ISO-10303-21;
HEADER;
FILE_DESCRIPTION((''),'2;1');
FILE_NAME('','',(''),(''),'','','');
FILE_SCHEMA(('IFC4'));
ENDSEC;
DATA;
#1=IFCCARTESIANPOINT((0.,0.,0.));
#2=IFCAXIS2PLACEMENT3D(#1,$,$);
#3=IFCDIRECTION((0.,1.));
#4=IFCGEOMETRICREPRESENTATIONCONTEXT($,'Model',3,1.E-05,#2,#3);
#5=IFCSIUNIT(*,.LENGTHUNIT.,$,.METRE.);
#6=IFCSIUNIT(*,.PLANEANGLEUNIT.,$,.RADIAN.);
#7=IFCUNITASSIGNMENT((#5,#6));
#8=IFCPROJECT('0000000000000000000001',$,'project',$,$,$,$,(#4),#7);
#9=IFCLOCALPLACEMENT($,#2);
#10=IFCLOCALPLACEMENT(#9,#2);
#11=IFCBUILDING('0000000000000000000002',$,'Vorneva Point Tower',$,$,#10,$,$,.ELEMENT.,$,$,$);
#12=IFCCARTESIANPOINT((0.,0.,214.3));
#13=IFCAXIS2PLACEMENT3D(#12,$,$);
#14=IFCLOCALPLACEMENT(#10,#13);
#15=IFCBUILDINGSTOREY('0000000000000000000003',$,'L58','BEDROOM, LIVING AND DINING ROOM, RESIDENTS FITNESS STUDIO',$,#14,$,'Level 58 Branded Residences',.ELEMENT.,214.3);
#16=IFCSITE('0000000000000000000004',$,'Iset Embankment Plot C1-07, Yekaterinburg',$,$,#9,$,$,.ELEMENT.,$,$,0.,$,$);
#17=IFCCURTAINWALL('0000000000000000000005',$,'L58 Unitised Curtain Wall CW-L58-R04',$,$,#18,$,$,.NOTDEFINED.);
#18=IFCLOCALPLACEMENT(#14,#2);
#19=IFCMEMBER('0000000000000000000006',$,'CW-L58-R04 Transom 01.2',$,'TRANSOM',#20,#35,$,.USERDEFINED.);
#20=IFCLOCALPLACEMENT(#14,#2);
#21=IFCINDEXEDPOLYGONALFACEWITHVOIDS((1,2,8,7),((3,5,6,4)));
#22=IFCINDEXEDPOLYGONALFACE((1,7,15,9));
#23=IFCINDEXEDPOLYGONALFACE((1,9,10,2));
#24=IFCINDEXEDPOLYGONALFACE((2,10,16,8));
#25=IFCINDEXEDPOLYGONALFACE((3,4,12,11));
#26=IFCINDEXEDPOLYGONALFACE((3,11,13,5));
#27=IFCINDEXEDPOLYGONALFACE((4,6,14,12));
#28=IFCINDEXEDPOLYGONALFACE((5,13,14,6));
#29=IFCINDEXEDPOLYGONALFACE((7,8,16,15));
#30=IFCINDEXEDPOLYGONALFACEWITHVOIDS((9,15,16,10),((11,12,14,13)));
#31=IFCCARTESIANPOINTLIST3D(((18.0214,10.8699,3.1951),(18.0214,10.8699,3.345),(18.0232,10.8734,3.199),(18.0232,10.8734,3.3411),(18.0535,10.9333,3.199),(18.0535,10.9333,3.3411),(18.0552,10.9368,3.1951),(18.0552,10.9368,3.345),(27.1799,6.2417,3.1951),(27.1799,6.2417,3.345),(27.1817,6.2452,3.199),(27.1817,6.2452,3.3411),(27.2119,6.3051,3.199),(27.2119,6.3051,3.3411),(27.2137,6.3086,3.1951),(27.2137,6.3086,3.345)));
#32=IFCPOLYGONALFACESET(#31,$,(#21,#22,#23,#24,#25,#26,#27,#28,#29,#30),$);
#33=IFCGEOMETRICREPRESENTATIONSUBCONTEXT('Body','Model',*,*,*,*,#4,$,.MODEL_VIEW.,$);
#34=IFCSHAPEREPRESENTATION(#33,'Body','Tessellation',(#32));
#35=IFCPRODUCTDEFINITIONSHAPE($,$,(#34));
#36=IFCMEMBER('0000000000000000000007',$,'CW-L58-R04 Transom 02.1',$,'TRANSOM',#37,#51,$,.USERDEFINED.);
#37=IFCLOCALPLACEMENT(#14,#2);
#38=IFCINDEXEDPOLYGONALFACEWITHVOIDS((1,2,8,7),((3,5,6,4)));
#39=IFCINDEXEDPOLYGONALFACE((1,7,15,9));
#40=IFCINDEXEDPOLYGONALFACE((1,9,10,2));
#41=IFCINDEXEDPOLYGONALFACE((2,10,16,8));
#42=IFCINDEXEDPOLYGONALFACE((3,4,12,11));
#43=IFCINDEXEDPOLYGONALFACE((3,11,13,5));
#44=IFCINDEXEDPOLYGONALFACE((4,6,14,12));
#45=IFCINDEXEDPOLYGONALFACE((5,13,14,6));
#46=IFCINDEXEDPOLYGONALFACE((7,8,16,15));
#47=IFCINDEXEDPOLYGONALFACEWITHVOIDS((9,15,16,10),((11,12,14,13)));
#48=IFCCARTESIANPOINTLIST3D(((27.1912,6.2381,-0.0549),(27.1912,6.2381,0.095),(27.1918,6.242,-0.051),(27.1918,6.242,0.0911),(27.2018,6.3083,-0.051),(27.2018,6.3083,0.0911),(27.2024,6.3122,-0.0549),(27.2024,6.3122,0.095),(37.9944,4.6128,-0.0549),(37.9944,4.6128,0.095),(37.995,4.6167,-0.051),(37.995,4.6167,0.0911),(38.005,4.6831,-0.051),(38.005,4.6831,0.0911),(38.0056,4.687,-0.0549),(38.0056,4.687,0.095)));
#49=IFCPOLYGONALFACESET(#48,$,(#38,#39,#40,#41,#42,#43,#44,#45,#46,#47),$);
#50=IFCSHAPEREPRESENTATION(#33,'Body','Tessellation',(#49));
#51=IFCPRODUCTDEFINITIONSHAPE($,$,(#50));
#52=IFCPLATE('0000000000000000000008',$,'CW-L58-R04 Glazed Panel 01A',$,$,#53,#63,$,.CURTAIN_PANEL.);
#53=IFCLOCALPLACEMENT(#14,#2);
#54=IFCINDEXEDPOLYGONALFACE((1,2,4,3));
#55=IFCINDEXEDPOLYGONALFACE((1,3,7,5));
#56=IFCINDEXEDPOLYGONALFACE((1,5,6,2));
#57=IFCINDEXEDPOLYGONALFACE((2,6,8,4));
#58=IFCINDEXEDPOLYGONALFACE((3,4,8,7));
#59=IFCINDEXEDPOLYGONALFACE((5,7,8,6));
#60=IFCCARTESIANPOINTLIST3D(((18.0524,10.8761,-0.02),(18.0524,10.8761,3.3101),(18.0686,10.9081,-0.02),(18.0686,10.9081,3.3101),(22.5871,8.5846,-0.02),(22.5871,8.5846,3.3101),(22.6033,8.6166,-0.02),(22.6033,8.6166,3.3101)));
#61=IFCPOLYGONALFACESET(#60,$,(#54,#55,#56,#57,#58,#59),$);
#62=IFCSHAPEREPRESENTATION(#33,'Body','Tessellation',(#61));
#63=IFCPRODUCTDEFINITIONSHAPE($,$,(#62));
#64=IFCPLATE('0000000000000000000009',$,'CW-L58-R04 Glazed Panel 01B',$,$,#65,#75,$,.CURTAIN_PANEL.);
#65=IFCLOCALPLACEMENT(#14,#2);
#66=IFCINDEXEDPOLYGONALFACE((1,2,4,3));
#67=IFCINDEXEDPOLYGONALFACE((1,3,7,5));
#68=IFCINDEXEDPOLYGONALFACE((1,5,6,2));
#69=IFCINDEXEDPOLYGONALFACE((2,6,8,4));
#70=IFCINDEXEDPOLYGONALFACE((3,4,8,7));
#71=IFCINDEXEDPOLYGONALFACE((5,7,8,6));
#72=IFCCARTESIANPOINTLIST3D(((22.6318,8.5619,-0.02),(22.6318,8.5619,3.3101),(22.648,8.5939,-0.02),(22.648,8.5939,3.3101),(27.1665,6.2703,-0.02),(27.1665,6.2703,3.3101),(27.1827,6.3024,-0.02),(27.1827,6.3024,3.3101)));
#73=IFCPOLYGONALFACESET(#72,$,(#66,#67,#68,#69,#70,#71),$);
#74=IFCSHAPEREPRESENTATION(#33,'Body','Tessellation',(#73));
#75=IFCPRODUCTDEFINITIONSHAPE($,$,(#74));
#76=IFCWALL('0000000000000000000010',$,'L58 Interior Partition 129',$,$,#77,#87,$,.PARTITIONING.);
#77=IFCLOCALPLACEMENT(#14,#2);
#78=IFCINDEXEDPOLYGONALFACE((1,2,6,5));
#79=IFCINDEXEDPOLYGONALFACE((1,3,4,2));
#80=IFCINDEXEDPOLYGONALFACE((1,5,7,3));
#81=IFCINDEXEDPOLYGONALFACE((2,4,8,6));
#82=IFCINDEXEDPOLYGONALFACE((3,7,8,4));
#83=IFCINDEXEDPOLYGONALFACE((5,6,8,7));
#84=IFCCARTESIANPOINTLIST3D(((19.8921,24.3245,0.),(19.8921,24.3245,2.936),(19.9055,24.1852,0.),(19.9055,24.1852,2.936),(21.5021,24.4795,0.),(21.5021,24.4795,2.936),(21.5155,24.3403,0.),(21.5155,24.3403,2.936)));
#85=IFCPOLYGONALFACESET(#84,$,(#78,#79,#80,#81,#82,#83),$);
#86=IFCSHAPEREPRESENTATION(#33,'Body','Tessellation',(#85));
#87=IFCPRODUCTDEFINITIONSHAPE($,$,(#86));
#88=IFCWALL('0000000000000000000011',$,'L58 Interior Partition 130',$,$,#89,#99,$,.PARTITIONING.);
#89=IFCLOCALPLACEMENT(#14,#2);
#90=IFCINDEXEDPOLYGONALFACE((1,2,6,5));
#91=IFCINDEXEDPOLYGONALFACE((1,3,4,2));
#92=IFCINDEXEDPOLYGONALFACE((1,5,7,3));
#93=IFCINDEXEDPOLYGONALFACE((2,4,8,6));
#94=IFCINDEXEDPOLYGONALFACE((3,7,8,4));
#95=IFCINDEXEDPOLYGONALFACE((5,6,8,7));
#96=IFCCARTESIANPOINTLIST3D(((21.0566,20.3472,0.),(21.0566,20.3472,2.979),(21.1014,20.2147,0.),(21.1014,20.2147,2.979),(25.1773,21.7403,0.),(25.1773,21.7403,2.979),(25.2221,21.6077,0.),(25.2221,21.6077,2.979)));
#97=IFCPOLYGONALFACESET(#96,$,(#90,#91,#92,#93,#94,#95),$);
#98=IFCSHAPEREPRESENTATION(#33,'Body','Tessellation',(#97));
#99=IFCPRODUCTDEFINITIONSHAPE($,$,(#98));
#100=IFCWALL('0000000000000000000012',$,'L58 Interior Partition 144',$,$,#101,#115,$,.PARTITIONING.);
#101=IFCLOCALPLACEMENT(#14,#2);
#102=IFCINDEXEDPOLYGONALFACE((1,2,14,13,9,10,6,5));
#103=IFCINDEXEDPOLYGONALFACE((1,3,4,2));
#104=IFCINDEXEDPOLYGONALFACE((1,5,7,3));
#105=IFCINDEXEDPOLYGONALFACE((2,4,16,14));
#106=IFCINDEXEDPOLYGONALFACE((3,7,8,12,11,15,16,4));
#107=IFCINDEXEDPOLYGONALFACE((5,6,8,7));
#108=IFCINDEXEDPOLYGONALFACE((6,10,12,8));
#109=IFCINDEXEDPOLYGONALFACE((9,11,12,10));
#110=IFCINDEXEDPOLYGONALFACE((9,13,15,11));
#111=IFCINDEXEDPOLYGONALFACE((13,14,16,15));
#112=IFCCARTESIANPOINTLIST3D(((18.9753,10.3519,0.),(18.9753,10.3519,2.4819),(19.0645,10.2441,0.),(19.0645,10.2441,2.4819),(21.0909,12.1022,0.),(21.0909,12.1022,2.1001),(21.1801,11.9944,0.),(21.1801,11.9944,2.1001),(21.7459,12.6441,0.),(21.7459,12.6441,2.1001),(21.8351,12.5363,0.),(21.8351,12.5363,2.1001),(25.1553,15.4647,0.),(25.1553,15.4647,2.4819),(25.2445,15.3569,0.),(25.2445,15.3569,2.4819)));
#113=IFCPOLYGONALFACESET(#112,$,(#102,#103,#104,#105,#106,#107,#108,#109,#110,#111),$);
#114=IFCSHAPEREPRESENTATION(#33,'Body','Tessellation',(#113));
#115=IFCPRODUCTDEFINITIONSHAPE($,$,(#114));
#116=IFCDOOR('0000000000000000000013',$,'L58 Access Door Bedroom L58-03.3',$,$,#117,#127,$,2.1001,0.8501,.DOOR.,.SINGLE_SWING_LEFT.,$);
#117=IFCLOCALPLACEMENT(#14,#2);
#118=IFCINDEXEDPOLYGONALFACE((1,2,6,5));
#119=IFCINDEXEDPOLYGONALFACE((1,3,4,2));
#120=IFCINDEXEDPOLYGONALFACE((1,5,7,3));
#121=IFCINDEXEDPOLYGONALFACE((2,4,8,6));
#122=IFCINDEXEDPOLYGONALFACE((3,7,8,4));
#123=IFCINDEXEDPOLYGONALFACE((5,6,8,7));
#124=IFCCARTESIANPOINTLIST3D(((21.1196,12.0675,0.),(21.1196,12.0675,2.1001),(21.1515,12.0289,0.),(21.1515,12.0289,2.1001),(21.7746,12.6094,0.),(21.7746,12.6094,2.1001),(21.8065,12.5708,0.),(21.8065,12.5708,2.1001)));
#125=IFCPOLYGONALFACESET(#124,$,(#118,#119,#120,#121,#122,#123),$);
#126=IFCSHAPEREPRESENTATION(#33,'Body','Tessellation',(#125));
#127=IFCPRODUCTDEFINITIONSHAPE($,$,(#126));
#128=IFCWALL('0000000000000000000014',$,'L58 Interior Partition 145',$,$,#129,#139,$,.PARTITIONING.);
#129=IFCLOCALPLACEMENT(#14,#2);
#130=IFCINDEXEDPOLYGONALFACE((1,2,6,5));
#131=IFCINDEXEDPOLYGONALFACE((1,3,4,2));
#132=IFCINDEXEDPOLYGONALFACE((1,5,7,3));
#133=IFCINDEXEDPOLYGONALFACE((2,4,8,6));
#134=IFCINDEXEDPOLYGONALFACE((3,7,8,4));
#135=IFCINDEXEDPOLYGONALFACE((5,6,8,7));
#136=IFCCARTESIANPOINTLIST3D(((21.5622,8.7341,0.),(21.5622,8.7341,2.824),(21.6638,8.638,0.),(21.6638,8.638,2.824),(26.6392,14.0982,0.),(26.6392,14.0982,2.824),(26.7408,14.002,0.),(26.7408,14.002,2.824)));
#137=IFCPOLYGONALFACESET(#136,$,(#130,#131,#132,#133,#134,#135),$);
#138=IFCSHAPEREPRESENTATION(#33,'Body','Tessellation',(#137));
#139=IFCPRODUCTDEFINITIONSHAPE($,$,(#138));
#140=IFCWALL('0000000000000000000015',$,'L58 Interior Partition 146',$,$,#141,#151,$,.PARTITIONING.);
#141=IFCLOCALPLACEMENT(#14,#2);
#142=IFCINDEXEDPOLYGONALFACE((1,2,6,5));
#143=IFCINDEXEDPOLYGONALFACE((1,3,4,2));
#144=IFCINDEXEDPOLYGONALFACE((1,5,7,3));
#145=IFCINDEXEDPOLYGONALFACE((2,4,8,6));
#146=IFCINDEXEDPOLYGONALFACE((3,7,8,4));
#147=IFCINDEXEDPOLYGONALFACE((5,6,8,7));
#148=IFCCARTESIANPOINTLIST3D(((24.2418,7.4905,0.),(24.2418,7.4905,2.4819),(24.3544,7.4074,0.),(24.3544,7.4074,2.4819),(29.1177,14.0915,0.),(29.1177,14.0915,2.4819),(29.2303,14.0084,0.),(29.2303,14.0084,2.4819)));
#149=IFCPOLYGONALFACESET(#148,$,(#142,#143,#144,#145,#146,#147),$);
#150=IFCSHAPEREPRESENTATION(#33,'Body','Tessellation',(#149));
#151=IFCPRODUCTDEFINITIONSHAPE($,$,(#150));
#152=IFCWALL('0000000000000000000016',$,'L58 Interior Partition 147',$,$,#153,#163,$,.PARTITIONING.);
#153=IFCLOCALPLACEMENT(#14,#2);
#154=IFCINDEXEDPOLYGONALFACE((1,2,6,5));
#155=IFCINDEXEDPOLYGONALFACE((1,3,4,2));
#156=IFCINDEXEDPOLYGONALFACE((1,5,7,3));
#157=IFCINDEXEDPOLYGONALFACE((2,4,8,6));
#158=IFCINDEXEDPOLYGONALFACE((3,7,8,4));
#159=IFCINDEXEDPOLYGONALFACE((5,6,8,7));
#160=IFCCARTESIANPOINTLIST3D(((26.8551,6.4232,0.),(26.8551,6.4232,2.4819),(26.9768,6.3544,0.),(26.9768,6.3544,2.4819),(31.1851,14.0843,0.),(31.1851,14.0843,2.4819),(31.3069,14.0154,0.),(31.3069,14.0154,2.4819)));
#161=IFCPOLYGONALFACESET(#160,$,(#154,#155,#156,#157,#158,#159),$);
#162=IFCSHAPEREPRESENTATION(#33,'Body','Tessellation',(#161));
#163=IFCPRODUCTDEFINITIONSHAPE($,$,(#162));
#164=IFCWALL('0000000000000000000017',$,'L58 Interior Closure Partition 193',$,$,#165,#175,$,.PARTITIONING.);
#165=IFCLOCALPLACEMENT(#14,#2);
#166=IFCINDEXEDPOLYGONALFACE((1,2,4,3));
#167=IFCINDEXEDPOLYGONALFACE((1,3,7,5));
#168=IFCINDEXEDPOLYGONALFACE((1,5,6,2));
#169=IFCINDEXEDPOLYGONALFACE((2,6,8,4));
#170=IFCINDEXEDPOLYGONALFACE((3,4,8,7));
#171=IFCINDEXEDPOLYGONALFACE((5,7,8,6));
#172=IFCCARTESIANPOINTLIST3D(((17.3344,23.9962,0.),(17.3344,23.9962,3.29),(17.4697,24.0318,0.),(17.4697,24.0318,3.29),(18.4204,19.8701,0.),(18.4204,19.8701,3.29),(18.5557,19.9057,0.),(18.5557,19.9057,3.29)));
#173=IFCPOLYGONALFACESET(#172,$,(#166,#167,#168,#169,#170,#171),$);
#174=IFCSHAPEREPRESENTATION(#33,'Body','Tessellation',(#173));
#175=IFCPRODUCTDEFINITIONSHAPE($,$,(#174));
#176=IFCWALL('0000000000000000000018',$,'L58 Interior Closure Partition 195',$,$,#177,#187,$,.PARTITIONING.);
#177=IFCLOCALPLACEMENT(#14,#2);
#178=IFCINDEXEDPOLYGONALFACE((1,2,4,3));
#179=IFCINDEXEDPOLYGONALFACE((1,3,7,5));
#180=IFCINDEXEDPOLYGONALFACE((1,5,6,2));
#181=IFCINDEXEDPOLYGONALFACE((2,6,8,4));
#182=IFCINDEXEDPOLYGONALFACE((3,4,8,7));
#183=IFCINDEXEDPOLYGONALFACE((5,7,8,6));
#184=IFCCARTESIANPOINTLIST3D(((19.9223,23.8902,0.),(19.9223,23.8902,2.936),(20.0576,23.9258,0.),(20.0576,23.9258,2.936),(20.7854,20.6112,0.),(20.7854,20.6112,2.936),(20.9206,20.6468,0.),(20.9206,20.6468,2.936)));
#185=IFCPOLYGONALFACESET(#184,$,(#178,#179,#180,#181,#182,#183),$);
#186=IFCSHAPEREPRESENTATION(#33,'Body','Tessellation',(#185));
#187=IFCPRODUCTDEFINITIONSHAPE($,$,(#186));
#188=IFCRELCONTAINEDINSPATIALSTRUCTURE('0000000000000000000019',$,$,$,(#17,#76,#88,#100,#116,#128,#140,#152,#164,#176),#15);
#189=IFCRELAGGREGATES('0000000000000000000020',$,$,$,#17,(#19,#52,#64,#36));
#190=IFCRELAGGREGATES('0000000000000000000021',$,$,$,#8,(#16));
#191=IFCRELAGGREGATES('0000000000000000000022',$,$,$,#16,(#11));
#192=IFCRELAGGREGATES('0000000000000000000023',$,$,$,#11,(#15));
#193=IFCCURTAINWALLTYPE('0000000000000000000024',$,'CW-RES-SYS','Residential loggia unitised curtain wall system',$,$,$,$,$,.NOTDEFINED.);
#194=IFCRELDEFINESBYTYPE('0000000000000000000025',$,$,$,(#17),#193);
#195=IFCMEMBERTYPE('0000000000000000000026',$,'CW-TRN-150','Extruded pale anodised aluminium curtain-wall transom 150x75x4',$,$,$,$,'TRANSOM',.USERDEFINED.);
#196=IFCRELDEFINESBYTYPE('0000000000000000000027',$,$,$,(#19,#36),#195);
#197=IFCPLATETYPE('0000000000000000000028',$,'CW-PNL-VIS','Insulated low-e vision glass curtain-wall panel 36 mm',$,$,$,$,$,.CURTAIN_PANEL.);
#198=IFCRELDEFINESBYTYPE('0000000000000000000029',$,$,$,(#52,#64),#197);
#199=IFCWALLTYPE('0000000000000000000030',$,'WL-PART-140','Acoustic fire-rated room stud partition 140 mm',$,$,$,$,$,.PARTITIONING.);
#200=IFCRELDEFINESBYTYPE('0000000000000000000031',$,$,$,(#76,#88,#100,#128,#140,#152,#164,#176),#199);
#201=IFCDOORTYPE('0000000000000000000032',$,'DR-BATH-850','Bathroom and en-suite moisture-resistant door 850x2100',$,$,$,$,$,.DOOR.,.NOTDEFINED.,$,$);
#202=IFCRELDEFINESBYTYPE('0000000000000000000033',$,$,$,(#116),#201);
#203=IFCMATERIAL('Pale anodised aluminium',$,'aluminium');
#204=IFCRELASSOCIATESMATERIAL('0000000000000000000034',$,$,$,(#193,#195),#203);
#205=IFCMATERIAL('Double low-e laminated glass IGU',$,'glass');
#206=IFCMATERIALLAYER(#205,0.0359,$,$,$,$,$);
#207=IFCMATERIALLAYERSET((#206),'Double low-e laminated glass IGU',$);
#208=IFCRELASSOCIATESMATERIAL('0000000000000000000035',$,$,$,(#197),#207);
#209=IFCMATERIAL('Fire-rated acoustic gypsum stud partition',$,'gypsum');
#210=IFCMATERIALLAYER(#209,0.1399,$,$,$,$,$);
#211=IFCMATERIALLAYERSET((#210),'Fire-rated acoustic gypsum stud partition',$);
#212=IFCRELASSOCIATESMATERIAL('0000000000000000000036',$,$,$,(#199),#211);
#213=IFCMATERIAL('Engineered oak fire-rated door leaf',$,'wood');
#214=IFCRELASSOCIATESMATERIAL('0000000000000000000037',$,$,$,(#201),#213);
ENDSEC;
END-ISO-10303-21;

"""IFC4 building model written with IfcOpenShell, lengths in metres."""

from ifc_helpers import new_model, si_unit, direction, frame, frame_2d, origin, origin_2d, place, context, subcontext, project, spatial, rectangle, hollow_rectangle, extrude, material, layer, layer_set, material_profile, profile_set, type_object, element, fill, aggregate, save


model = new_model("IFC4")

# Units and contexts
model_context = context("Model", 3, precision=1e-05, world=origin(), true_north=direction((0.0, 1.0)))
body_context = subcontext(model_context, "Body", "Model", "MODEL_VIEW")
ifc_project = project(units=[si_unit("LENGTHUNIT", "METRE"), si_unit("PLANEANGLEUNIT", "RADIAN")], contexts=[model_context])

# Site, building, storey
site_placement = place(None, origin())
site = spatial("IfcSite", under=ifc_project, at=site_placement, Name="Iset Embankment Plot C1-07, Yekaterinburg", CompositionType="ELEMENT", RefElevation=0.0)
building_placement = place(site_placement, origin())
building = spatial("IfcBuilding", under=site, at=building_placement, Name="Vorneva Point Tower", CompositionType="ELEMENT")
storey_placement = place(building_placement, frame((0.0, 0.0, 214.3)))
storey = spatial("IfcBuildingStorey", under=building, at=storey_placement, Name="L58", Description="BEDROOM, LIVING AND DINING ROOM, RESIDENTS FITNESS STUDIO", LongName="Level 58 Branded Residences", CompositionType="ELEMENT", Elevation=214.3)

# Curtain wall, members, plates
ifc_material_1 = material(Name="Pale anodised aluminium", Category="aluminium")
curtain_wall_type = type_object("IfcCurtainWallType", Name="CW-RES-SYS", Description="Residential loggia unitised curtain wall system", PredefinedType="NOTDEFINED", material=ifc_material_1)
curtain_wall_placement = place(storey_placement, origin())
curtain_wall = element("IfcCurtainWall", 1, at=curtain_wall_placement, inside=storey, type_object=curtain_wall_type, Name="L58 Unitised Curtain Wall CW-L58-R04", PredefinedType="NOTDEFINED")
ifc_material_profile_1 = material_profile(ifc_material_1, hollow_rectangle(XDim=0.075, YDim=0.1499, WallThickness=0.0039, at=origin_2d()), Name="AL-TRN 150x75x4")
ifc_profile_set_1 = profile_set([ifc_material_profile_1], Name="Pale anodised aluminium")
member_type_1 = type_object("IfcMemberType", Name="CW-TRN-150", Description="Extruded pale anodised aluminium curtain-wall transom 150x75x4", ElementType="TRANSOM", PredefinedType="USERDEFINED", material=ifc_profile_set_1)
member_1_placement = place(storey_placement, frame((18.0383, 10.9033, 3.27), z_axis=(0.892511, -0.451026, 0.0), x_axis=(0.451026, 0.892511, 0.0)))
member_1 = element("IfcMember", 2, at=member_1_placement, type_object=member_type_1, Name="CW-L58-R04 Transom 01.2", ObjectType="TRANSOM", PredefinedType="USERDEFINED", context=body_context, shape_type="SweptSolid", body=[
    extrude(hollow_rectangle(XDim=0.075, YDim=0.1499, WallThickness=0.0039, at=origin_2d()), origin(), (0.0, 0.0, 1.0), 10.2615),
])
member_2_placement = place(storey_placement, frame((27.1968, 6.2751, 0.02), z_axis=(0.988872, -0.148767, 0.0), x_axis=(0.148767, 0.988872, 0.0)))
member_2 = element("IfcMember", 3, at=member_2_placement, type_object=member_type_1, Name="CW-L58-R04 Transom 02.1", ObjectType="TRANSOM", PredefinedType="USERDEFINED", context=body_context, shape_type="SweptSolid", body=[
    extrude(hollow_rectangle(XDim=0.075, YDim=0.1499, WallThickness=0.0039, at=origin_2d()), origin(), (0.0, 0.0, 1.0), 10.9248),
])
ifc_material_2 = material(Name="Double low-e laminated glass IGU", Category="glass")
ifc_layer_1 = layer(ifc_material_2, 0.0359)
ifc_layer_set_1 = layer_set([ifc_layer_1], Name="Double low-e laminated glass IGU")
plate_type = type_object("IfcPlateType", Name="CW-PNL-VIS", Description="Insulated low-e vision glass curtain-wall panel 36 mm", PredefinedType="CURTAIN_PANEL", material=ifc_layer_set_1)
plate_1_placement = place(storey_placement, frame((20.3279, 9.7463, -0.02), z_axis=(0.0, 0.0, 1.0), x_axis=(0.892515, -0.451018, 0.0)))
plate_1 = element("IfcPlate", 4, at=plate_1_placement, type_object=plate_type, Name="CW-L58-R04 Glazed Panel 01A", PredefinedType="CURTAIN_PANEL", context=body_context, shape_type="SweptSolid", body=[
    extrude(rectangle(XDim=5.0808, YDim=0.0359, at=origin_2d()), origin(), (0.0, 0.0, 1.0), 3.3301),
])
plate_2_placement = place(storey_placement, frame((24.9072, 7.4321, -0.02), z_axis=(0.0, 0.0, 1.0), x_axis=(0.892515, -0.451018, 0.0)))
plate_2 = element("IfcPlate", 5, at=plate_2_placement, type_object=plate_type, Name="CW-L58-R04 Glazed Panel 01B", PredefinedType="CURTAIN_PANEL", context=body_context, shape_type="SweptSolid", body=[
    extrude(rectangle(XDim=5.0808, YDim=0.0359, at=origin_2d()), origin(), (0.0, 0.0, 1.0), 3.3301),
])
aggregate(curtain_wall, [member_1, plate_1, plate_2, member_2])

# Walls
ifc_material_3 = material(Name="Fire-rated acoustic gypsum stud partition", Category="gypsum")
ifc_layer_2 = layer(ifc_material_3, 0.1399)
ifc_layer_set_2 = layer_set([ifc_layer_2], Name="Fire-rated acoustic gypsum stud partition")
wall_type_1 = type_object("IfcWallType", Name="WL-PART-140", Description="Acoustic fire-rated room stud partition 140 mm", PredefinedType="PARTITIONING", material=ifc_layer_set_2)
wall_1_placement = place(storey_placement, frame((19.8989, 24.2549, 0.0), z_axis=(0.0, 0.0, 1.0), x_axis=(0.995395, 0.095856, 0.0)))
element("IfcWall", 6, at=wall_1_placement, inside=storey, type_object=wall_type_1, Name="L58 Interior Partition 129", PredefinedType="PARTITIONING", context=body_context, shape_type="SweptSolid", body=[
    extrude(rectangle(XDim=1.6174, YDim=0.1399, at=frame_2d((0.8086, 0.0))), origin(), (0.0, 0.0, 1.0), 2.936),
])
wall_2_placement = place(storey_placement, frame((21.0791, 20.281, 0.0), z_axis=(0.0, 0.0, 1.0), x_axis=(0.947333, 0.320249, 0.0)))
element("IfcWall", 7, at=wall_2_placement, inside=storey, type_object=wall_type_1, Name="L58 Interior Partition 130", PredefinedType="PARTITIONING", context=body_context, shape_type="SweptSolid", body=[
    extrude(rectangle(XDim=4.3499, YDim=0.1399, at=frame_2d((2.1748, 0.0))), origin(), (0.0, 0.0, 1.0), 2.979),
])

# Wall, opening, door
wall_3_placement = place(storey_placement, frame((19.02, 10.2981, 0.0), z_axis=(0.0, 0.0, 1.0), x_axis=(0.770494, 0.637447, 0.0)))
wall_3 = element("IfcWall", 8, at=wall_3_placement, inside=storey, type_object=wall_type_1, Name="L58 Interior Partition 144", PredefinedType="PARTITIONING", context=body_context, shape_type="SweptSolid", body=[
    extrude(rectangle(XDim=8.0208, YDim=0.1399, at=frame_2d((4.0103, 0.0))), origin(), (0.0, 0.0, 1.0), 2.4819),
])
opening_1_placement = place(wall_3_placement, frame((2.7456, 0.0, 0.0)))
opening_1 = element("IfcOpeningElement", 9, at=opening_1_placement, cuts=wall_3, PredefinedType="OPENING", context=body_context, shape_type="SweptSolid", body=[
    extrude(rectangle(XDim=0.8501, YDim=2.1001, at=frame_2d((0.425, 1.05))), frame((0.0, 0.085, 0.0), z_axis=(0.0, -1.0, 0.0), x_axis=(1.0, 0.0, 0.0)), (0.0, 0.0, 1.0), 0.1697),
])
ifc_material_4 = material(Name="Engineered oak fire-rated door leaf", Category="wood")
door_type_1 = type_object("IfcDoorType", Name="DR-BATH-850", Description="Bathroom and en-suite moisture-resistant door 850x2100", OperationType="NOTDEFINED", PredefinedType="DOOR", material=ifc_material_4)
door_1_placement = place(opening_1_placement, origin())
door_1 = element("IfcDoor", 10, at=door_1_placement, inside=storey, type_object=door_type_1, Name="L58 Access Door Bedroom L58-03.3", OperationType="SINGLE_SWING_LEFT", OverallHeight=2.1001, OverallWidth=0.8501, PredefinedType="DOOR", context=body_context, shape_type="SweptSolid", body=[
    extrude(rectangle(XDim=0.8501, YDim=2.1001, at=frame_2d((0.425, 1.05))), frame((0.0, 0.0249, 0.0), z_axis=(0.0, -1.0, 0.0), x_axis=(1.0, 0.0, 0.0)), (0.0, 0.0, 1.0), 0.05),
])
fill(opening_1, door_1)

# Walls
wall_4_placement = place(storey_placement, frame((21.613, 8.686, 0.0), z_axis=(0.0, 0.0, 1.0), x_axis=(0.687403, 0.726277, 0.0)))
element("IfcWall", 11, at=wall_4_placement, inside=storey, type_object=wall_type_1, Name="L58 Interior Partition 145", PredefinedType="PARTITIONING", context=body_context, shape_type="SweptSolid", body=[
    extrude(rectangle(XDim=7.3857, YDim=0.1399, at=frame_2d((3.6929, 0.0))), origin(), (0.0, 0.0, 1.0), 2.824),
])
wall_5_placement = place(storey_placement, frame((24.2981, 7.449, 0.0), z_axis=(0.0, 0.0, 1.0), x_axis=(0.594148, 0.804355, 0.0)))
element("IfcWall", 12, at=wall_5_placement, inside=storey, type_object=wall_type_1, Name="L58 Interior Partition 146", PredefinedType="PARTITIONING", context=body_context, shape_type="SweptSolid", body=[
    extrude(rectangle(XDim=8.2065, YDim=0.1399, at=frame_2d((4.1033, 0.0))), origin(), (0.0, 0.0, 1.0), 2.4819),
])
wall_6_placement = place(storey_placement, frame((26.916, 6.3889, 0.0), z_axis=(0.0, 0.0, 1.0), x_axis=(0.492046, 0.870569, 0.0)))
element("IfcWall", 13, at=wall_6_placement, inside=storey, type_object=wall_type_1, Name="L58 Interior Partition 147", PredefinedType="PARTITIONING", context=body_context, shape_type="SweptSolid", body=[
    extrude(rectangle(XDim=8.8, YDim=0.1399, at=frame_2d((4.3999, 0.0))), origin(), (0.0, 0.0, 1.0), 2.4819),
])
wall_7_placement = place(storey_placement, frame((18.488, 19.8879, 0.0), z_axis=(0.0, 0.0, 1.0), x_axis=(-0.254527, 0.967066, 0.0)))
element("IfcWall", 14, at=wall_7_placement, inside=storey, type_object=wall_type_1, Name="L58 Interior Closure Partition 193", PredefinedType="PARTITIONING", context=body_context, shape_type="SweptSolid", body=[
    extrude(rectangle(XDim=4.2666, YDim=0.1399, at=frame_2d((2.1333, 0.0))), origin(), (0.0, 0.0, 1.0), 3.29),
])
wall_8_placement = place(storey_placement, frame((19.99, 23.908, 0.0), z_axis=(0.0, 0.0, 1.0), x_axis=(0.254529, -0.967065, 0.0)))
element("IfcWall", 15, at=wall_8_placement, inside=storey, type_object=wall_type_1, Name="L58 Interior Closure Partition 195", PredefinedType="PARTITIONING", context=body_context, shape_type="SweptSolid", body=[
    extrude(rectangle(XDim=3.3906, YDim=0.1399, at=frame_2d((1.6953, 0.0))), origin(), (0.0, 0.0, 1.0), 2.936),
])

save(model, "model.ifc")
